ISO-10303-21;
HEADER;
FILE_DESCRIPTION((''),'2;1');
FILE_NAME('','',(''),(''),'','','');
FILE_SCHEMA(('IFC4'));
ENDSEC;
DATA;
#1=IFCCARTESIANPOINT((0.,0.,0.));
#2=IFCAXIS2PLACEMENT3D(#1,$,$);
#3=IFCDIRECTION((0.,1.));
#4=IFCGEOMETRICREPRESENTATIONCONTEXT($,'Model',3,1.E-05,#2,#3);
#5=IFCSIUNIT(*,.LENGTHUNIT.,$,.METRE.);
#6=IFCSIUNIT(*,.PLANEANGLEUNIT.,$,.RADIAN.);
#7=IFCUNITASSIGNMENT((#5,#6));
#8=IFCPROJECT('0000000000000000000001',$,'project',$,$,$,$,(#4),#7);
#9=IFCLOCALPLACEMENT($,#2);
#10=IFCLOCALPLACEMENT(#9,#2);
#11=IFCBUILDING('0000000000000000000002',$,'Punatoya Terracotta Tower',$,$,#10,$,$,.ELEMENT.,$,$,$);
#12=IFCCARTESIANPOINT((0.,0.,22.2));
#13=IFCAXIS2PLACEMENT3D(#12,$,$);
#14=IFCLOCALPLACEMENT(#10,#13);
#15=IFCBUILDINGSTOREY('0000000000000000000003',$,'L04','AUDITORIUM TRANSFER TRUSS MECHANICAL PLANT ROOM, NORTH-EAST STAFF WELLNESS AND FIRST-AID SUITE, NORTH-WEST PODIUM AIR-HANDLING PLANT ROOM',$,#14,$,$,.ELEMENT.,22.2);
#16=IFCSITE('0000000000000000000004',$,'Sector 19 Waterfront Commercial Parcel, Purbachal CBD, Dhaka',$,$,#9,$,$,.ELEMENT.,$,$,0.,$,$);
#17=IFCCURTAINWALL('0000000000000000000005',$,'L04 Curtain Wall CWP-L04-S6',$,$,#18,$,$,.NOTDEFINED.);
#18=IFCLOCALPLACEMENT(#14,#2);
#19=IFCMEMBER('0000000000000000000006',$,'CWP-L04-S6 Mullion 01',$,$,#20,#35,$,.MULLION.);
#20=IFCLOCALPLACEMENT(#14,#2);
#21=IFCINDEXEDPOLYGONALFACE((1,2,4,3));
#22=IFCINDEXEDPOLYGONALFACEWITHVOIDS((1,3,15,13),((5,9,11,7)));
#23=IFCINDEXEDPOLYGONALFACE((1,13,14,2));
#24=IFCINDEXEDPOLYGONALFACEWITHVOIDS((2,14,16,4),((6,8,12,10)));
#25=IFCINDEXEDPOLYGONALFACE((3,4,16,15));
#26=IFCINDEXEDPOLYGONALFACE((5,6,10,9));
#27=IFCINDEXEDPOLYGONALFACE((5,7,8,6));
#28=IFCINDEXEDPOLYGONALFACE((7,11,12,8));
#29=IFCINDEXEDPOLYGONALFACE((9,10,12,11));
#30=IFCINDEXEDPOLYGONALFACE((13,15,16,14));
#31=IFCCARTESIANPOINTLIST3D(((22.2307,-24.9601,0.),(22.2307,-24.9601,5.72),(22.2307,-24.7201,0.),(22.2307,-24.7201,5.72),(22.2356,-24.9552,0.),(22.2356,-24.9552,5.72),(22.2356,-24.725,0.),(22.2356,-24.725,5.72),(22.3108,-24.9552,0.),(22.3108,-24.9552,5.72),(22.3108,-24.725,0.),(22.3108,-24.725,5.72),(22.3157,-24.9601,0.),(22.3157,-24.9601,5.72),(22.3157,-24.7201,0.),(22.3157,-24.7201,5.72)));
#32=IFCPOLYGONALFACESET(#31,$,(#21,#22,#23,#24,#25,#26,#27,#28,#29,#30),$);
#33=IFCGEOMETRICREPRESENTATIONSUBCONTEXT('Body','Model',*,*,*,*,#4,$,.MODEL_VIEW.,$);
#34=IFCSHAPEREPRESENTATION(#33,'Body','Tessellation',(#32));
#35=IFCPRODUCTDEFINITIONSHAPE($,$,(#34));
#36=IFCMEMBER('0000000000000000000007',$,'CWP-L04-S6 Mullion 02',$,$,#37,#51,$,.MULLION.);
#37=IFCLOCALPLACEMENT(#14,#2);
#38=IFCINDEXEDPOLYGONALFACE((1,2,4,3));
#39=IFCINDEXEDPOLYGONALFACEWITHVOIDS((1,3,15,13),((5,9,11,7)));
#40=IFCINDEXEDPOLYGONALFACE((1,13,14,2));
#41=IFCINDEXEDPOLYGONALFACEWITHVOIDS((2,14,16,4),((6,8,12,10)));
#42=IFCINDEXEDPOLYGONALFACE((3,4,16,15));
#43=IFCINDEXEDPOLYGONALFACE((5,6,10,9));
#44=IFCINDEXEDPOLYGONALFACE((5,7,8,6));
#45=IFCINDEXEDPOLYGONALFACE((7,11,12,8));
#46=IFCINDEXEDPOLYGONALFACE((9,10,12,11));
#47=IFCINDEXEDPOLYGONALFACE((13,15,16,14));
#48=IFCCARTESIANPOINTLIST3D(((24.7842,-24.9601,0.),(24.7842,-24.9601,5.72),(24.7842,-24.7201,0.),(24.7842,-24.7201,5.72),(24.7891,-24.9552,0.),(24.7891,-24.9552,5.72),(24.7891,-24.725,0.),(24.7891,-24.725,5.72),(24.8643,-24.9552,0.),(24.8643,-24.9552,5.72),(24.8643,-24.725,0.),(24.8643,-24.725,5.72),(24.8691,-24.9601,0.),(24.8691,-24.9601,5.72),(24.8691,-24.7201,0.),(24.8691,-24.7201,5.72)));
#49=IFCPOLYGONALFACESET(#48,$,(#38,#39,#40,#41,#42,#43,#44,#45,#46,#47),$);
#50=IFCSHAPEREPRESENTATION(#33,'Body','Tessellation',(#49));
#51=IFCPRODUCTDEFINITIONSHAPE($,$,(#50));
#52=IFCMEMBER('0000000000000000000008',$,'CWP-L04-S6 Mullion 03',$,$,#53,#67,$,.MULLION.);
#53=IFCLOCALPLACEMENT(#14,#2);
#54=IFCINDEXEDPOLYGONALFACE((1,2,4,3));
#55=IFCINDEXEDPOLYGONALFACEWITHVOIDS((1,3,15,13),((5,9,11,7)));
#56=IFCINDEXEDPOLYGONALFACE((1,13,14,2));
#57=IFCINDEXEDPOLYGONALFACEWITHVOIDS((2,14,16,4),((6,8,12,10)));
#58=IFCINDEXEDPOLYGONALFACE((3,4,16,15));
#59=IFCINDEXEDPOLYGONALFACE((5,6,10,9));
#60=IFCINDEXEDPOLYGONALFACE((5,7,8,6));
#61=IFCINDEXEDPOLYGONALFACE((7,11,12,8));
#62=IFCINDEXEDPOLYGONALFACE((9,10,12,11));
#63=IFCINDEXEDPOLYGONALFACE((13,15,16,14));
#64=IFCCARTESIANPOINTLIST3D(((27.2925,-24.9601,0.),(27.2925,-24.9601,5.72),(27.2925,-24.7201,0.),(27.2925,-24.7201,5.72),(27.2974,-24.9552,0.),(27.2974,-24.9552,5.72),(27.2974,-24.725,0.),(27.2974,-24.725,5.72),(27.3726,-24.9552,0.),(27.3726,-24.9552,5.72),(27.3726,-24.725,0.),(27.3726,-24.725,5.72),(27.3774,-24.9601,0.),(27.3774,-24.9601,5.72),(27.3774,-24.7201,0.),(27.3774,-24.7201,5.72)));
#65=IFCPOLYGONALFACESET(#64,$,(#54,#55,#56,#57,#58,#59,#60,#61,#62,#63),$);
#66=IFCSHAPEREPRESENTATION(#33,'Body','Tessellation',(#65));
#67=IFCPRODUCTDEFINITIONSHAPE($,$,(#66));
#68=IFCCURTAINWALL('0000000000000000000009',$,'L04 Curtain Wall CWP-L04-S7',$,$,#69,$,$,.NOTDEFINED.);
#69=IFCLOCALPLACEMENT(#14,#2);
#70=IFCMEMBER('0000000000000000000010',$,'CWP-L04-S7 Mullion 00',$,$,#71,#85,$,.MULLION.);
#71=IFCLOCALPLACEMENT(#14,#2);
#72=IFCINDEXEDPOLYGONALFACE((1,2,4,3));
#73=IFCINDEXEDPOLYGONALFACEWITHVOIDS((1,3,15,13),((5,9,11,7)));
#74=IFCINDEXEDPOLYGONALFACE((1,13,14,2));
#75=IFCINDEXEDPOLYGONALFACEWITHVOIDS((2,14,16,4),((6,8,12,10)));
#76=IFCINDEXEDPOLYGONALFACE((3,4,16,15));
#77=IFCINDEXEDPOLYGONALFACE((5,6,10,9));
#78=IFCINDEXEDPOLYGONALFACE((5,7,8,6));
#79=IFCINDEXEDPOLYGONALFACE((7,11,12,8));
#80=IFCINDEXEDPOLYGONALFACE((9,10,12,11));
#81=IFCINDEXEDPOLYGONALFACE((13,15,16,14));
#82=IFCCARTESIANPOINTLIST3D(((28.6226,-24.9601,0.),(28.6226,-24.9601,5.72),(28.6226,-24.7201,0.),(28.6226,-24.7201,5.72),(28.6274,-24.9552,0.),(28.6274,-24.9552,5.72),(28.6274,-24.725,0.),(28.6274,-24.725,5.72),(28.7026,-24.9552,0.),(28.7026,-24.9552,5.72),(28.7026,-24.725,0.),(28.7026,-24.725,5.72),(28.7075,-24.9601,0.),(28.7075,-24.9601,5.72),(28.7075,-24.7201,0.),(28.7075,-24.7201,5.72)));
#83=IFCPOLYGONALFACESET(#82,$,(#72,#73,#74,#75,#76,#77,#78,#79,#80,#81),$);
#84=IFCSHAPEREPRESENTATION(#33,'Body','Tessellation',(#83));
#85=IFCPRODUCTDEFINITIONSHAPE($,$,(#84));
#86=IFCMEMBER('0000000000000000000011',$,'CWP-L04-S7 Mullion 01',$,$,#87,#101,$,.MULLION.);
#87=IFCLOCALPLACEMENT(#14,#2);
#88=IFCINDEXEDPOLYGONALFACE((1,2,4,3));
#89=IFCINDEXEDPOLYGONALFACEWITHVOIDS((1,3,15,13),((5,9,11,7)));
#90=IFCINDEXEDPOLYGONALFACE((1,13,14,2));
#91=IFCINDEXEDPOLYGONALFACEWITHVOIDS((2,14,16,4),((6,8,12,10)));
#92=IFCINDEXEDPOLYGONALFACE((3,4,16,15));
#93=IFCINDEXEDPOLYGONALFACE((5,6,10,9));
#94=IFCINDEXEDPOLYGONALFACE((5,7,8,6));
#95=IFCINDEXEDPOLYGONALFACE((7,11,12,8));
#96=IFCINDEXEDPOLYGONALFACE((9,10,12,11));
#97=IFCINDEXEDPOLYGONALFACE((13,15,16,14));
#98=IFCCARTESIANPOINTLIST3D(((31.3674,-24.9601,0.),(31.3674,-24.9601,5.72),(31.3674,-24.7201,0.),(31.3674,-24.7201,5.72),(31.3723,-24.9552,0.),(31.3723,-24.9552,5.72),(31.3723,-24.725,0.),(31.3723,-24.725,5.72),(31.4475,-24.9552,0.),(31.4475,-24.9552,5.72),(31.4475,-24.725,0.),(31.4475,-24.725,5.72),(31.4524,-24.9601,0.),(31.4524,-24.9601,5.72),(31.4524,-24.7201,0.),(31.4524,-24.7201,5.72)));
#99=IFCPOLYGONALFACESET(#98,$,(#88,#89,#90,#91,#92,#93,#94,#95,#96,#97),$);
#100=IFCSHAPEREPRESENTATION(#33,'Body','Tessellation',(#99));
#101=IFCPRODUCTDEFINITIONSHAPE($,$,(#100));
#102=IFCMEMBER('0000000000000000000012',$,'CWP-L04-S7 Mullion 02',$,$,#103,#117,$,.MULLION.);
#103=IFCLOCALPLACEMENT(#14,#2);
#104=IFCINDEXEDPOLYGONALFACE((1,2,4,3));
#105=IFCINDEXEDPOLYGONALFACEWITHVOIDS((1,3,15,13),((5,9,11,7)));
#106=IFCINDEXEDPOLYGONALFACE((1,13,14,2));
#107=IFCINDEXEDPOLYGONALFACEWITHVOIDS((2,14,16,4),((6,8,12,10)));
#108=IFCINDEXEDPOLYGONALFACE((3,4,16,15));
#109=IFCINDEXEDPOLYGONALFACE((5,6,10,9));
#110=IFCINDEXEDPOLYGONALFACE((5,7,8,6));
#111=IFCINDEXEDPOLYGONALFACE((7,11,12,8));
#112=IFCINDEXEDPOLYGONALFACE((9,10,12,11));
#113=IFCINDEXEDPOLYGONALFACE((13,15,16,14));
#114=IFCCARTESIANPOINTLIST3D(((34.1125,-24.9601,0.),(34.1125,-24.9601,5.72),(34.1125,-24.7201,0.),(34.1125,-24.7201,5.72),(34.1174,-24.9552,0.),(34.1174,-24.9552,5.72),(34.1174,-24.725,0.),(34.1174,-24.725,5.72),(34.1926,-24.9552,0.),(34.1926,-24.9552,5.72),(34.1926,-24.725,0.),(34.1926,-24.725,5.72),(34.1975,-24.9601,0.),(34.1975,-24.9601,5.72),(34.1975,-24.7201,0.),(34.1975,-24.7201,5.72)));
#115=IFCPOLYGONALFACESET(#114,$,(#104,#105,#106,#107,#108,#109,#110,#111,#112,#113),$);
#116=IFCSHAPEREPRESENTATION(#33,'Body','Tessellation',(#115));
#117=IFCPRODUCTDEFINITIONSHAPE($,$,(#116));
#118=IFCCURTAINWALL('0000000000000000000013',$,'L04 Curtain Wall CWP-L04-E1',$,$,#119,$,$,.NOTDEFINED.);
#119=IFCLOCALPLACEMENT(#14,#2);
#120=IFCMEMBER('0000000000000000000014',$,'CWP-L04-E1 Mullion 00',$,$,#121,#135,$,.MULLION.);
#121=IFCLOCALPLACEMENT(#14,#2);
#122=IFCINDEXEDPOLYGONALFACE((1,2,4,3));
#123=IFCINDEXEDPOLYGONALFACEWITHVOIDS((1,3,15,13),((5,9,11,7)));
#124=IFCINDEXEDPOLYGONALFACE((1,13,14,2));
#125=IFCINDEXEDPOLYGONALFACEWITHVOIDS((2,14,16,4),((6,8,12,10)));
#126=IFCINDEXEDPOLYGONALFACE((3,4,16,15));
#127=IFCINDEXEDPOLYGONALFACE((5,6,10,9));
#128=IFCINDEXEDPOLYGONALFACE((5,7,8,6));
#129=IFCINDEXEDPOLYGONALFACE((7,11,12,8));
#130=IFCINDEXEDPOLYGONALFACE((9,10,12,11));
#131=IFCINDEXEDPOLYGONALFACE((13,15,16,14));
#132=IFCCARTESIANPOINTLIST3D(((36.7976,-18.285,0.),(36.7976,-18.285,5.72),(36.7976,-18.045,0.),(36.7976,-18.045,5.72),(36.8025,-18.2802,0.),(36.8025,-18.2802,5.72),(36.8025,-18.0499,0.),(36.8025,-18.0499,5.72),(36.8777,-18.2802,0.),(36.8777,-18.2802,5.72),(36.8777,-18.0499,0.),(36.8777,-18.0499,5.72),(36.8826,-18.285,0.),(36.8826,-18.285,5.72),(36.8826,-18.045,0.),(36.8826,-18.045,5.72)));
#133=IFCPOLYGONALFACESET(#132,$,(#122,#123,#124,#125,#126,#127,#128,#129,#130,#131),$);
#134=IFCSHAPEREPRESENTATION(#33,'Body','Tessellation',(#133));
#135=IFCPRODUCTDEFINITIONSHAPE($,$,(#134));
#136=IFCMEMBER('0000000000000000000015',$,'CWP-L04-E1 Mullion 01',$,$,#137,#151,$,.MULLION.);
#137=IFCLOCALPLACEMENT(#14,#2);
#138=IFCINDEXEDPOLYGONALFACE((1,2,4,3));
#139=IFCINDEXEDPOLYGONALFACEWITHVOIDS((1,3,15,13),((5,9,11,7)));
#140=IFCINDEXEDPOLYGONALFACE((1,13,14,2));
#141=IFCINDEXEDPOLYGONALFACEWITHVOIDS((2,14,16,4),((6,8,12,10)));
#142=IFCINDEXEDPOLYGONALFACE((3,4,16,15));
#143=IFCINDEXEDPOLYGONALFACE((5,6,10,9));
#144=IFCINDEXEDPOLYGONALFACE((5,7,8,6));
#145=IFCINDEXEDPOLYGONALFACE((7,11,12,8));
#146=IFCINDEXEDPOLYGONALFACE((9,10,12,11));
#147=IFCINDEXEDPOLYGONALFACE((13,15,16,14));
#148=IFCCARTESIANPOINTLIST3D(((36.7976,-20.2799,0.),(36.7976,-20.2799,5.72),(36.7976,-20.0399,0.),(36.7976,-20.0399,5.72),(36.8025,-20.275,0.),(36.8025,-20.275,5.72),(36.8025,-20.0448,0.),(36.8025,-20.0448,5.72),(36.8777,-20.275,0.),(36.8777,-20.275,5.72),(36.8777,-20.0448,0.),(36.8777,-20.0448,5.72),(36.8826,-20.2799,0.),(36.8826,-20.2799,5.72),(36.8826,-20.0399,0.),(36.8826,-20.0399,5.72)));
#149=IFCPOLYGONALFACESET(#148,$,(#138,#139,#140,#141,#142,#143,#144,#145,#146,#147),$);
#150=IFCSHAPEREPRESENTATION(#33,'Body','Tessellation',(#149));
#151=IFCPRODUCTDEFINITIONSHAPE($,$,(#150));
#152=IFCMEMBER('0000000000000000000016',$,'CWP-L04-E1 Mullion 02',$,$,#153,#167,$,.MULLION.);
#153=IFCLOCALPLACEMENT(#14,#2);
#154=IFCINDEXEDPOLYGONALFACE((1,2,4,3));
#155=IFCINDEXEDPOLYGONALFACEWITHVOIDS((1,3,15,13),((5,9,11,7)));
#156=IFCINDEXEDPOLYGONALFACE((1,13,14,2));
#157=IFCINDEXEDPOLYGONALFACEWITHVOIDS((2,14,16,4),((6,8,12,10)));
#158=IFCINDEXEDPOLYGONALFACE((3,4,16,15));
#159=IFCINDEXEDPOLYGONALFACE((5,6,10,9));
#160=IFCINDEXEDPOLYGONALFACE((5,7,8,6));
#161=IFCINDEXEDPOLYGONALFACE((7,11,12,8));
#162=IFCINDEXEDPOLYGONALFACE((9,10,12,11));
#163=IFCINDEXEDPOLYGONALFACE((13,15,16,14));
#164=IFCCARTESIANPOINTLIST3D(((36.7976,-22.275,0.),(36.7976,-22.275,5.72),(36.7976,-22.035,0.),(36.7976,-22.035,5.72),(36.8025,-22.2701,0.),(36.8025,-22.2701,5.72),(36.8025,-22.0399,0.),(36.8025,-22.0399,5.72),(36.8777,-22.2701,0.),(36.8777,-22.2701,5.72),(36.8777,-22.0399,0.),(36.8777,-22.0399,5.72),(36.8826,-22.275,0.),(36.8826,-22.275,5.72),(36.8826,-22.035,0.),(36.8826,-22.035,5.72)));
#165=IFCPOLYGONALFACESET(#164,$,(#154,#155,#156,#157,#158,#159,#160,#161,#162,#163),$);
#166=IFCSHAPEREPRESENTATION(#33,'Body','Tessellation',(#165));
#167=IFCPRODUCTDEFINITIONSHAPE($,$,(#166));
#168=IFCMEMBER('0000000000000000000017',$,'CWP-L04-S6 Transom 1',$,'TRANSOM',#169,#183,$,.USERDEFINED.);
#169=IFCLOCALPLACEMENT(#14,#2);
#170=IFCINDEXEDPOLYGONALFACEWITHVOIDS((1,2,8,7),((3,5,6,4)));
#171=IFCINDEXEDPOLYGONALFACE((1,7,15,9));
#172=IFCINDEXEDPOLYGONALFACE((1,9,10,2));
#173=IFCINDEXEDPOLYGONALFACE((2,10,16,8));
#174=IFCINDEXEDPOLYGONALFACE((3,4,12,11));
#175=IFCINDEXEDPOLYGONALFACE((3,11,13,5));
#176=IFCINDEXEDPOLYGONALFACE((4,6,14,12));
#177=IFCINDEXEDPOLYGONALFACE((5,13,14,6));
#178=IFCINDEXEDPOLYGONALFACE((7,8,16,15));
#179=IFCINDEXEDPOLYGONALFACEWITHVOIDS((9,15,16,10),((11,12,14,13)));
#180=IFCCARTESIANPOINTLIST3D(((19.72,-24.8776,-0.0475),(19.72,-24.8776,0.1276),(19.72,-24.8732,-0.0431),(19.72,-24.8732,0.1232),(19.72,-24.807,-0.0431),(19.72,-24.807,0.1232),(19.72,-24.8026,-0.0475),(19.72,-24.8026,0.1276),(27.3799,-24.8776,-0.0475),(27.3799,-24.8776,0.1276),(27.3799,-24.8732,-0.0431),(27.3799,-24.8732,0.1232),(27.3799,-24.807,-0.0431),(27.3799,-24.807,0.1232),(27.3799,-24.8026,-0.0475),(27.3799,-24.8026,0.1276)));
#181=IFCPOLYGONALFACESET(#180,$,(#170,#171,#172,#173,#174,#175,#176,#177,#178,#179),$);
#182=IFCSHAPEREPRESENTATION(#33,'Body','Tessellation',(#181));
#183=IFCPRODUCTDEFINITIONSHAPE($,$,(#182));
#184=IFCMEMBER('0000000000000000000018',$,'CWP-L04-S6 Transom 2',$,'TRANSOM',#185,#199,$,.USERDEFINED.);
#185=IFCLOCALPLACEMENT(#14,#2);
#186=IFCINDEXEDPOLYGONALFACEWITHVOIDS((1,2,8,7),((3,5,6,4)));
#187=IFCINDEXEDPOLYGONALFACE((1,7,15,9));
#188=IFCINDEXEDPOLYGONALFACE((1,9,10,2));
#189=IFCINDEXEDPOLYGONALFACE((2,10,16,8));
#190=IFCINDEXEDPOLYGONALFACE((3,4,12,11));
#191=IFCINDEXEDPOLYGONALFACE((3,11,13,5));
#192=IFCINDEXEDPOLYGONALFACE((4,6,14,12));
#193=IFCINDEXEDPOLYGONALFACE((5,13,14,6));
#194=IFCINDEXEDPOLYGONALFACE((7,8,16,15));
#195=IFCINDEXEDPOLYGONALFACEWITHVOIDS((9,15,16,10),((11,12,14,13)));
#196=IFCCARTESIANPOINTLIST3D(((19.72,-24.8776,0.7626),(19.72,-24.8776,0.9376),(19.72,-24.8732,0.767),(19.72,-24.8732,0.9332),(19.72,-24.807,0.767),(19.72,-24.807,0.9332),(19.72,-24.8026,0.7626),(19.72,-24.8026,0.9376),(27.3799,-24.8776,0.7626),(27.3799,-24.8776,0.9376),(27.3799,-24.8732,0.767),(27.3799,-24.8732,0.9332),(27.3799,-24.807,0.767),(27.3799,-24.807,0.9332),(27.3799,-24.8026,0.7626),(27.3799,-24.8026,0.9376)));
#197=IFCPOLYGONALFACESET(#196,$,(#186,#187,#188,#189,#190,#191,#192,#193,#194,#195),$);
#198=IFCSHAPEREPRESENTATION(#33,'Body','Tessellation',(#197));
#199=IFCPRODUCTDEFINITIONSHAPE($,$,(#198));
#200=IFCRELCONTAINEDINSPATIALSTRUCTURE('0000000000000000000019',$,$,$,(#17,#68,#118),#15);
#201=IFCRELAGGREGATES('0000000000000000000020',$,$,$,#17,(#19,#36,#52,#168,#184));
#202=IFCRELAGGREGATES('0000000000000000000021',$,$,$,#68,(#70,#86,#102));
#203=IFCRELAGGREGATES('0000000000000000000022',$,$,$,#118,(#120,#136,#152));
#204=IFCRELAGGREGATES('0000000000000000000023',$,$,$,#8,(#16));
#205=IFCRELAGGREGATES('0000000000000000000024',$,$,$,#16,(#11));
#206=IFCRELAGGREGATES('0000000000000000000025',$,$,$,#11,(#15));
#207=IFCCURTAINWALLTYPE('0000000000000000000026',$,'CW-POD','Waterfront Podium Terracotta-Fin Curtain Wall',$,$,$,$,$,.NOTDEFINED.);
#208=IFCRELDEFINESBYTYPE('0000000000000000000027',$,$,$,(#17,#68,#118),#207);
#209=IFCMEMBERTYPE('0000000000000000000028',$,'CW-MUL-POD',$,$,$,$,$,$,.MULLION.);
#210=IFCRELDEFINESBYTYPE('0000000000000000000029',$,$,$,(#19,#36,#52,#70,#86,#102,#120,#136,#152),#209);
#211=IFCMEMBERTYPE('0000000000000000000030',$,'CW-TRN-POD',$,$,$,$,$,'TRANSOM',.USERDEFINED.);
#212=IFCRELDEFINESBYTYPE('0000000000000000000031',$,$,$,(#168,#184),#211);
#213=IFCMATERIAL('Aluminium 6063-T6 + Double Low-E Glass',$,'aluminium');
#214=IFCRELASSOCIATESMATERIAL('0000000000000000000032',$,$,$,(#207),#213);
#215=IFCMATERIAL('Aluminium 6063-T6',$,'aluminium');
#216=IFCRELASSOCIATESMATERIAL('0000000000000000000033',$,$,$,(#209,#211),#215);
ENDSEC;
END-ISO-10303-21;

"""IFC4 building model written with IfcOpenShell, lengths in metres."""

from ifc_helpers import new_model, si_unit, direction, frame, origin, origin_2d, place, context, subcontext, project, spatial, hollow_rectangle, extrude, material, material_profile, profile_set, type_object, element, aggregate, save


model = new_model("IFC4")

# Units and contexts
model_context = context("Model", 3, precision=1e-05, world=origin(), true_north=direction((0.0, 1.0)))
body_context = subcontext(model_context, "Body", "Model", "MODEL_VIEW")
ifc_project = project(units=[si_unit("LENGTHUNIT", "METRE"), si_unit("PLANEANGLEUNIT", "RADIAN")], contexts=[model_context])

# Site, building, storey
site_placement = place(None, origin())
site = spatial("IfcSite", under=ifc_project, at=site_placement, Name="Sector 19 Waterfront Commercial Parcel, Purbachal CBD, Dhaka", CompositionType="ELEMENT", RefElevation=0.0)
building_placement = place(site_placement, origin())
building = spatial("IfcBuilding", under=site, at=building_placement, Name="Punatoya Terracotta Tower", CompositionType="ELEMENT")
storey_placement = place(building_placement, frame((0.0, 0.0, 22.2)))
storey = spatial("IfcBuildingStorey", under=building, at=storey_placement, Name="L04", Description="AUDITORIUM TRANSFER TRUSS MECHANICAL PLANT ROOM, NORTH-EAST STAFF WELLNESS AND FIRST-AID SUITE, NORTH-WEST PODIUM AIR-HANDLING PLANT ROOM", CompositionType="ELEMENT", Elevation=22.2)

# Curtain walls, members
ifc_material_1 = material(Name="Aluminium 6063-T6 + Double Low-E Glass", Category="aluminium")
curtain_wall_type = type_object("IfcCurtainWallType", Name="CW-POD", Description="Waterfront Podium Terracotta-Fin Curtain Wall", PredefinedType="NOTDEFINED", material=ifc_material_1)
curtain_wall_1_placement = place(storey_placement, origin())
curtain_wall_1 = element("IfcCurtainWall", 1, at=curtain_wall_1_placement, inside=storey, type_object=curtain_wall_type, Name="L04 Curtain Wall CWP-L04-S6", PredefinedType="NOTDEFINED")
ifc_material_2 = material(Name="Aluminium 6063-T6", Category="aluminium")
ifc_material_profile_1 = material_profile(ifc_material_2, hollow_rectangle(XDim=0.085, YDim=0.24, WallThickness=0.0049, at=origin_2d()))
ifc_profile_set_1 = profile_set([ifc_material_profile_1], Name="Aluminium 6063-T6")
member_type_1 = type_object("IfcMemberType", Name="CW-MUL-POD", PredefinedType="MULLION", material=ifc_profile_set_1)
member_1_placement = place(storey_placement, frame((22.2732, -24.8401, 0.0), z_axis=(0.0, 0.0, 1.0), x_axis=(1.0, 0.0, 0.0)))
member_1 = element("IfcMember", 2, at=member_1_placement, type_object=member_type_1, Name="CWP-L04-S6 Mullion 01", PredefinedType="MULLION", context=body_context, shape_type="SweptSolid", body=[
    extrude(hollow_rectangle(XDim=0.085, YDim=0.24, WallThickness=0.0049, at=origin_2d()), origin(), (0.0, 0.0, 1.0), 5.72),
])
member_2_placement = place(storey_placement, frame((24.8267, -24.8401, 0.0), z_axis=(0.0, 0.0, 1.0), x_axis=(1.0, 0.0, 0.0)))
member_2 = element("IfcMember", 3, at=member_2_placement, type_object=member_type_1, Name="CWP-L04-S6 Mullion 02", PredefinedType="MULLION", context=body_context, shape_type="SweptSolid", body=[
    extrude(hollow_rectangle(XDim=0.085, YDim=0.24, WallThickness=0.0049, at=origin_2d()), origin(), (0.0, 0.0, 1.0), 5.72),
])
member_3_placement = place(storey_placement, frame((27.335, -24.8401, 0.0), z_axis=(0.0, 0.0, 1.0), x_axis=(1.0, 0.0, 0.0)))
member_3 = element("IfcMember", 4, at=member_3_placement, type_object=member_type_1, Name="CWP-L04-S6 Mullion 03", PredefinedType="MULLION", context=body_context, shape_type="SweptSolid", body=[
    extrude(hollow_rectangle(XDim=0.085, YDim=0.24, WallThickness=0.0049, at=origin_2d()), origin(), (0.0, 0.0, 1.0), 5.72),
])
curtain_wall_2_placement = place(storey_placement, origin())
curtain_wall_2 = element("IfcCurtainWall", 5, at=curtain_wall_2_placement, inside=storey, type_object=curtain_wall_type, Name="L04 Curtain Wall CWP-L04-S7", PredefinedType="NOTDEFINED")
member_4_placement = place(storey_placement, frame((28.665, -24.8401, 0.0), z_axis=(0.0, 0.0, 1.0), x_axis=(1.0, 0.0, 0.0)))
member_4 = element("IfcMember", 6, at=member_4_placement, type_object=member_type_1, Name="CWP-L04-S7 Mullion 00", PredefinedType="MULLION", context=body_context, shape_type="SweptSolid", body=[
    extrude(hollow_rectangle(XDim=0.085, YDim=0.24, WallThickness=0.0049, at=origin_2d()), origin(), (0.0, 0.0, 1.0), 5.72),
])
member_5_placement = place(storey_placement, frame((31.4099, -24.8401, 0.0), z_axis=(0.0, 0.0, 1.0), x_axis=(1.0, 0.0, 0.0)))
member_5 = element("IfcMember", 7, at=member_5_placement, type_object=member_type_1, Name="CWP-L04-S7 Mullion 01", PredefinedType="MULLION", context=body_context, shape_type="SweptSolid", body=[
    extrude(hollow_rectangle(XDim=0.085, YDim=0.24, WallThickness=0.0049, at=origin_2d()), origin(), (0.0, 0.0, 1.0), 5.72),
])
member_6_placement = place(storey_placement, frame((34.155, -24.8401, 0.0), z_axis=(0.0, 0.0, 1.0), x_axis=(1.0, 0.0, 0.0)))
member_6 = element("IfcMember", 8, at=member_6_placement, type_object=member_type_1, Name="CWP-L04-S7 Mullion 02", PredefinedType="MULLION", context=body_context, shape_type="SweptSolid", body=[
    extrude(hollow_rectangle(XDim=0.085, YDim=0.24, WallThickness=0.0049, at=origin_2d()), origin(), (0.0, 0.0, 1.0), 5.72),
])
curtain_wall_3_placement = place(storey_placement, origin())
curtain_wall_3 = element("IfcCurtainWall", 9, at=curtain_wall_3_placement, inside=storey, type_object=curtain_wall_type, Name="L04 Curtain Wall CWP-L04-E1", PredefinedType="NOTDEFINED")
member_7_placement = place(storey_placement, frame((36.8401, -18.165, 0.0), z_axis=(0.0, 0.0, 1.0), x_axis=(1.0, 0.0, 0.0)))
member_7 = element("IfcMember", 10, at=member_7_placement, type_object=member_type_1, Name="CWP-L04-E1 Mullion 00", PredefinedType="MULLION", context=body_context, shape_type="SweptSolid", body=[
    extrude(hollow_rectangle(XDim=0.085, YDim=0.24, WallThickness=0.0049, at=origin_2d()), origin(), (0.0, 0.0, 1.0), 5.72),
])
member_8_placement = place(storey_placement, frame((36.8401, -20.1599, 0.0), z_axis=(0.0, 0.0, 1.0), x_axis=(1.0, 0.0, 0.0)))
member_8 = element("IfcMember", 11, at=member_8_placement, type_object=member_type_1, Name="CWP-L04-E1 Mullion 01", PredefinedType="MULLION", context=body_context, shape_type="SweptSolid", body=[
    extrude(hollow_rectangle(XDim=0.085, YDim=0.24, WallThickness=0.0049, at=origin_2d()), origin(), (0.0, 0.0, 1.0), 5.72),
])
member_9_placement = place(storey_placement, frame((36.8401, -22.155, 0.0), z_axis=(0.0, 0.0, 1.0), x_axis=(1.0, 0.0, 0.0)))
member_9 = element("IfcMember", 12, at=member_9_placement, type_object=member_type_1, Name="CWP-L04-E1 Mullion 02", PredefinedType="MULLION", context=body_context, shape_type="SweptSolid", body=[
    extrude(hollow_rectangle(XDim=0.085, YDim=0.24, WallThickness=0.0049, at=origin_2d()), origin(), (0.0, 0.0, 1.0), 5.72),
])

# Members
ifc_material_profile_2 = material_profile(ifc_material_2, hollow_rectangle(XDim=0.075, YDim=0.175, WallThickness=0.0044, at=origin_2d()))
ifc_profile_set_2 = profile_set([ifc_material_profile_2], Name="Aluminium 6063-T6")
member_type_2 = type_object("IfcMemberType", Name="CW-TRN-POD", ElementType="TRANSOM", PredefinedType="USERDEFINED", material=ifc_profile_set_2)
member_10_placement = place(storey_placement, frame((19.72, -24.8401, 0.04), z_axis=(1.0, 0.0, 0.0), x_axis=(0.0, 1.0, 0.0)))
member_10 = element("IfcMember", 13, at=member_10_placement, type_object=member_type_2, Name="CWP-L04-S6 Transom 1", ObjectType="TRANSOM", PredefinedType="USERDEFINED", context=body_context, shape_type="SweptSolid", body=[
    extrude(hollow_rectangle(XDim=0.075, YDim=0.175, WallThickness=0.0044, at=origin_2d()), origin(), (0.0, 0.0, 1.0), 7.6599),
])
member_11_placement = place(storey_placement, frame((19.72, -24.8401, 0.8501), z_axis=(1.0, 0.0, 0.0), x_axis=(0.0, 1.0, 0.0)))
member_11 = element("IfcMember", 14, at=member_11_placement, type_object=member_type_2, Name="CWP-L04-S6 Transom 2", ObjectType="TRANSOM", PredefinedType="USERDEFINED", context=body_context, shape_type="SweptSolid", body=[
    extrude(hollow_rectangle(XDim=0.075, YDim=0.175, WallThickness=0.0044, at=origin_2d()), origin(), (0.0, 0.0, 1.0), 7.6599),
])

aggregate(curtain_wall_1, [member_1, member_2, member_3, member_10, member_11])
aggregate(curtain_wall_2, [member_4, member_5, member_6])
aggregate(curtain_wall_3, [member_7, member_8, member_9])

save(model, "model.ifc")
